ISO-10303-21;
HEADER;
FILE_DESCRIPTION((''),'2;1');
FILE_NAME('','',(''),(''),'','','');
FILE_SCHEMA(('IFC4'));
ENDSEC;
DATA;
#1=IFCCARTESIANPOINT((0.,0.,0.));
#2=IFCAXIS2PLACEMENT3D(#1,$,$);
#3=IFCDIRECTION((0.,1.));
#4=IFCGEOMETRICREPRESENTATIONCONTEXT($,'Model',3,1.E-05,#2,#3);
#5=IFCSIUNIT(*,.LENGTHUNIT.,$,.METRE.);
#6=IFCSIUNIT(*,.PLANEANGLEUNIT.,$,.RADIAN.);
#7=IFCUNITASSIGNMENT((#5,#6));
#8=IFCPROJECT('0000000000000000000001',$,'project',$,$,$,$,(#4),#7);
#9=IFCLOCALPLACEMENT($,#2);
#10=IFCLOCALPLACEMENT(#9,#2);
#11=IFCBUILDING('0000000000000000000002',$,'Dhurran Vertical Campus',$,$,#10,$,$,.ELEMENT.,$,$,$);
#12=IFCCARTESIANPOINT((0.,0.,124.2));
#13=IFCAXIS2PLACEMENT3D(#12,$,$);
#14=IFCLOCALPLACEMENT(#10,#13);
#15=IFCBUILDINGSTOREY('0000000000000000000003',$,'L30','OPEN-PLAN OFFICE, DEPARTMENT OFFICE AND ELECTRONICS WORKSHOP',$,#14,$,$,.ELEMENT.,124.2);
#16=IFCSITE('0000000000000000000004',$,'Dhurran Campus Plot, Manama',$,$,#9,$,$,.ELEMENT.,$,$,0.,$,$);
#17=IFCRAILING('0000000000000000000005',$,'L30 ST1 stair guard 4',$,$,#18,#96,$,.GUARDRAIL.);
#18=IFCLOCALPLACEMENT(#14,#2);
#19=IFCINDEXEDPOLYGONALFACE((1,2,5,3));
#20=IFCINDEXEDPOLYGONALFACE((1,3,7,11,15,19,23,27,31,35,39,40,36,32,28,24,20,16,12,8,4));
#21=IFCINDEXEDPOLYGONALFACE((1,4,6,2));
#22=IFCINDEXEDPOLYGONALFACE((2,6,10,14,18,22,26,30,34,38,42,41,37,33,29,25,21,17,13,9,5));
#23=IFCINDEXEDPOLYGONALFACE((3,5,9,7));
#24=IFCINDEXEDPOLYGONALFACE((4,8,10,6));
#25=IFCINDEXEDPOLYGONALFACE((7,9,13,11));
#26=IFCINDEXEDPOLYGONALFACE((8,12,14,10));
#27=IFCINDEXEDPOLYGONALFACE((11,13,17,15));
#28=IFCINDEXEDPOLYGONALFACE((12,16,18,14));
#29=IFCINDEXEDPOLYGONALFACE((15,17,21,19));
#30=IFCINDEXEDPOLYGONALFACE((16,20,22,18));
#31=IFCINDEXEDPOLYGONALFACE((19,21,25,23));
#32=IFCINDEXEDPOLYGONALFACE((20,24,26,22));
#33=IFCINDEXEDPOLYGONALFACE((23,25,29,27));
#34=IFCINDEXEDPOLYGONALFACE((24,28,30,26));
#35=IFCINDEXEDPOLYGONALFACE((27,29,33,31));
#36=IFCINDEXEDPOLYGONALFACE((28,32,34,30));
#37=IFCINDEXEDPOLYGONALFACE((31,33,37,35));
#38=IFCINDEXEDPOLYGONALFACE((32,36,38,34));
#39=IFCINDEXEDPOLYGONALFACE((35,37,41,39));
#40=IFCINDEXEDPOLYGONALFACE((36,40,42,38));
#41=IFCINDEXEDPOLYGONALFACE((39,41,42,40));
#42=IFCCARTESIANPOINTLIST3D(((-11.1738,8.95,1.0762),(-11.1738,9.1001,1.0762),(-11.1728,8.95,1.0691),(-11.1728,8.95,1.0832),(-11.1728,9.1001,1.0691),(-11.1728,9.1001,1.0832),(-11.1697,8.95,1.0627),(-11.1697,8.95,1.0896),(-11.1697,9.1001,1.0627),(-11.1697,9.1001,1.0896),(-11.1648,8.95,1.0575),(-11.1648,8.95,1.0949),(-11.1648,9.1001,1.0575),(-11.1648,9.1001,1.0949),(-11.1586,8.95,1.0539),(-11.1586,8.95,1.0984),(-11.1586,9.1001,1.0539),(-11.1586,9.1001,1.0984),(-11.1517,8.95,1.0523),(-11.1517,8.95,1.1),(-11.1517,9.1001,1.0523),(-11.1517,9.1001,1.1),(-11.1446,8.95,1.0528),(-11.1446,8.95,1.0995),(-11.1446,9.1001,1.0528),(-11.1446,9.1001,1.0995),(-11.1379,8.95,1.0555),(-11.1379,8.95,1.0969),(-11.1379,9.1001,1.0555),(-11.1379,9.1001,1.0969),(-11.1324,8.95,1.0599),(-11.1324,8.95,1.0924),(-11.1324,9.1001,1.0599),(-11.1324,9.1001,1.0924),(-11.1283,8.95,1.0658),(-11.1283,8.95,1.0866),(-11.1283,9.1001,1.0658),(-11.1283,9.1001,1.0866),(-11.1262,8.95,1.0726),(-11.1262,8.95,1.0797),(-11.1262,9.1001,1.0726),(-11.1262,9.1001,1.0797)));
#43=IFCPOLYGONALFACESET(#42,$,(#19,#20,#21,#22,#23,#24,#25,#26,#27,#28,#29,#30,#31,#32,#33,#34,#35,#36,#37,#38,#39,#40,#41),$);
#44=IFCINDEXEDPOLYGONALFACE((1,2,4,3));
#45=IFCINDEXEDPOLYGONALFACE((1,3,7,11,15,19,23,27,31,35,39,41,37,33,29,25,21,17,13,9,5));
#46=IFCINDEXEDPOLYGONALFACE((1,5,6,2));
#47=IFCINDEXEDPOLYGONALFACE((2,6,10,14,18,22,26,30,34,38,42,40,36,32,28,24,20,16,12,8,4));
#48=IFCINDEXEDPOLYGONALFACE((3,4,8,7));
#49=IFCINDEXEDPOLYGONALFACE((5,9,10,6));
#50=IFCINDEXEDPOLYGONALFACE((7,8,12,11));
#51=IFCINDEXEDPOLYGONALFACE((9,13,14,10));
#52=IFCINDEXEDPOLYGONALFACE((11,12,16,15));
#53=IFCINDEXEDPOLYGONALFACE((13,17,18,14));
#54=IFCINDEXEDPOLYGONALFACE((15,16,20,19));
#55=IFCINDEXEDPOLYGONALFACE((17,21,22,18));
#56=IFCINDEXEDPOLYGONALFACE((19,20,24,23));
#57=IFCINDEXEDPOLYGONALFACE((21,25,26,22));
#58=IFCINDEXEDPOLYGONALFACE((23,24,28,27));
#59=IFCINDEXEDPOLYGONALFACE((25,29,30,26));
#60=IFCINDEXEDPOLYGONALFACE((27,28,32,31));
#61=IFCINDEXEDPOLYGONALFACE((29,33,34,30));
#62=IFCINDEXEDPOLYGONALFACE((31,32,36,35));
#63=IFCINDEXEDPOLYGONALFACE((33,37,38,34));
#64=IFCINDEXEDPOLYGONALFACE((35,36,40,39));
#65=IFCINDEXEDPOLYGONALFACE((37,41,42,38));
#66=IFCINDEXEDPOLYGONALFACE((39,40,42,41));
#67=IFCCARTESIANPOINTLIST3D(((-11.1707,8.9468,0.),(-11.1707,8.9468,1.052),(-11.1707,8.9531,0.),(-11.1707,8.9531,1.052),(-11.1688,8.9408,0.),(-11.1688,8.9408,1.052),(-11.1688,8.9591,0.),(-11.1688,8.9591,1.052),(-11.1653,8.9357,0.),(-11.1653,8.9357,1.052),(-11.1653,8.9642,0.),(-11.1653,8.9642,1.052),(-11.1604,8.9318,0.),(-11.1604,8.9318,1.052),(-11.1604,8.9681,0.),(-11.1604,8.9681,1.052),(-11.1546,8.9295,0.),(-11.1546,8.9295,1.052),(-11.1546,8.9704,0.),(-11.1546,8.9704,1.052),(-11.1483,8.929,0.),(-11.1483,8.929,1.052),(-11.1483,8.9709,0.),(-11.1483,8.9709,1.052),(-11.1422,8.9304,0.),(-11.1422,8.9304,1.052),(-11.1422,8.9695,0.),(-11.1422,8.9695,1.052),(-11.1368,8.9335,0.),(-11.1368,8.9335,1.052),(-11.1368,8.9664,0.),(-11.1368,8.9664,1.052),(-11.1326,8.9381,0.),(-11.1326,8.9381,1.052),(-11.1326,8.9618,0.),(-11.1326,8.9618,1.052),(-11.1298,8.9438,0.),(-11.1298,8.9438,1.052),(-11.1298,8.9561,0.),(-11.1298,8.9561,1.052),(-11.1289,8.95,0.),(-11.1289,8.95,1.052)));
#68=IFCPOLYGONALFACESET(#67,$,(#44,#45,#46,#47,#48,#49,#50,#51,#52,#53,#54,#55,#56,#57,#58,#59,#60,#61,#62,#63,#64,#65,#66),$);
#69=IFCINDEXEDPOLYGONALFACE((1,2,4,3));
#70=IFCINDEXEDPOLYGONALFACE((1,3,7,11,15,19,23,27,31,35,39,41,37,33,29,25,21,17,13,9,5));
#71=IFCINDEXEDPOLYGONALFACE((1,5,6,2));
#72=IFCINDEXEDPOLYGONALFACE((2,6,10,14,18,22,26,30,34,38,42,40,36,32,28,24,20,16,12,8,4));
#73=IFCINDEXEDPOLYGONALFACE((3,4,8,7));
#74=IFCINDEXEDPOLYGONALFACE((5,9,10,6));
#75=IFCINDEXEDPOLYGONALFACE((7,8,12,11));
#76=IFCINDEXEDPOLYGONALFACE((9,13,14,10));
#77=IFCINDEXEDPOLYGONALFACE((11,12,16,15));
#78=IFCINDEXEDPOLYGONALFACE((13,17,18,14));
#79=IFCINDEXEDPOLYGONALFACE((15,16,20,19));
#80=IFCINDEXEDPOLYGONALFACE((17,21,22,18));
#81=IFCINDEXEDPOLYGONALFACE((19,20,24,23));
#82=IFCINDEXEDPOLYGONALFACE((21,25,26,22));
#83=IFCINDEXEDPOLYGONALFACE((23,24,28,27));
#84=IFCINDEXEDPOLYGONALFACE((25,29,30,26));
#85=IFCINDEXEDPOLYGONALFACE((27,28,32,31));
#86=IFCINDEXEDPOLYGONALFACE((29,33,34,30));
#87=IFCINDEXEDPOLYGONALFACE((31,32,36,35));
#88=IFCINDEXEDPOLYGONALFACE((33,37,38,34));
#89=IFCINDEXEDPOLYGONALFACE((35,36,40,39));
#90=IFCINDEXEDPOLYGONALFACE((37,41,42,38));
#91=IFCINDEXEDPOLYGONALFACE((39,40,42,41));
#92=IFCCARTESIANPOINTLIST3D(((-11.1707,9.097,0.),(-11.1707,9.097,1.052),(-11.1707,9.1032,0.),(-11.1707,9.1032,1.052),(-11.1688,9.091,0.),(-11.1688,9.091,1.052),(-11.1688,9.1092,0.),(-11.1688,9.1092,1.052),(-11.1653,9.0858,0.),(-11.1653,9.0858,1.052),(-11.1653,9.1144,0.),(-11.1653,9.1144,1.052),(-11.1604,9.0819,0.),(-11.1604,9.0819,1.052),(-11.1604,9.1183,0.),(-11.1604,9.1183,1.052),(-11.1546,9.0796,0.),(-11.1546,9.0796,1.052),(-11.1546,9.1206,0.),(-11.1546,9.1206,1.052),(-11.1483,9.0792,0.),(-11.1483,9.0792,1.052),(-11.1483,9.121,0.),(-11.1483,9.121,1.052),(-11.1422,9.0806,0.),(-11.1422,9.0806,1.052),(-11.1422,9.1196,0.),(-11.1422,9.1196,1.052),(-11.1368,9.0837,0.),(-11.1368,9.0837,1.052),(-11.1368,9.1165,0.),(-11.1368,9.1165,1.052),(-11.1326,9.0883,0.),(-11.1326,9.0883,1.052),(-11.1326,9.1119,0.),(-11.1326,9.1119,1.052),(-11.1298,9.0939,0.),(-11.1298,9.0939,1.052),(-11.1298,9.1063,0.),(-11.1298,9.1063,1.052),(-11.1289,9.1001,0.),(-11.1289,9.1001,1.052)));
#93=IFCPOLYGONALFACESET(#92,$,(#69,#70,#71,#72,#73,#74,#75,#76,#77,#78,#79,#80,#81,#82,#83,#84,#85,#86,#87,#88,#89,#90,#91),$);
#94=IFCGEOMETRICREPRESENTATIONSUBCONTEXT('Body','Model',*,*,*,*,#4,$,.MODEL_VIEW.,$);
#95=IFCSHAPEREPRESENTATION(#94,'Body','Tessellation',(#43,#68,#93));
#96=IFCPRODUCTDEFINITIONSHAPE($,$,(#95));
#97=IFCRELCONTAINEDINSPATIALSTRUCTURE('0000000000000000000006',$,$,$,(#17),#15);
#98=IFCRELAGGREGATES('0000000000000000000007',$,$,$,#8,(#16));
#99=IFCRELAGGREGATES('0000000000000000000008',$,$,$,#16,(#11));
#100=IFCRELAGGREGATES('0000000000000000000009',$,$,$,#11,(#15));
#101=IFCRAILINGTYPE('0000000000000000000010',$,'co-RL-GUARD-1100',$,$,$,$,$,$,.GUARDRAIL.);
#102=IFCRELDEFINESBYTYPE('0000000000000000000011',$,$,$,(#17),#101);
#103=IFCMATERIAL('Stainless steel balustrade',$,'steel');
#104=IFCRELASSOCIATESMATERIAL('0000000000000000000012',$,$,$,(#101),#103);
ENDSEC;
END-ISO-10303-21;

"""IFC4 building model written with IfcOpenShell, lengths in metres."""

from ifc_helpers import new_model, si_unit, direction, frame, origin, origin_2d, place, context, subcontext, project, spatial, circle, extrude, material, type_object, element, save


model = new_model("IFC4")

# Units and contexts
model_context = context("Model", 3, precision=1e-05, world=origin(), true_north=direction((0.0, 1.0)))
body_context = subcontext(model_context, "Body", "Model", "MODEL_VIEW")
ifc_project = project(units=[si_unit("LENGTHUNIT", "METRE"), si_unit("PLANEANGLEUNIT", "RADIAN")], contexts=[model_context])

# Site, building, storey
site_placement = place(None, origin())
site = spatial("IfcSite", under=ifc_project, at=site_placement, Name="Dhurran Campus Plot, Manama", CompositionType="ELEMENT", RefElevation=0.0)
building_placement = place(site_placement, origin())
building = spatial("IfcBuilding", under=site, at=building_placement, Name="Dhurran Vertical Campus", CompositionType="ELEMENT")
storey_placement = place(building_placement, frame((0.0, 0.0, 124.2)))
storey = spatial("IfcBuildingStorey", under=building, at=storey_placement, Name="L30", Description="OPEN-PLAN OFFICE, DEPARTMENT OFFICE AND ELECTRONICS WORKSHOP", CompositionType="ELEMENT", Elevation=124.2)

# Railing
ifc_material_1 = material(Name="Stainless steel balustrade", Category="steel")
railing_type_1 = type_object("IfcRailingType", Name="co-RL-GUARD-1100", PredefinedType="GUARDRAIL", material=ifc_material_1)
railing_1_placement = place(storey_placement, frame((-11.1499, 8.95, 0.0)))
element("IfcRailing", 1, at=railing_1_placement, inside=storey, type_object=railing_type_1, Name="L30 ST1 stair guard 4", PredefinedType="GUARDRAIL", context=body_context, shape_type="SweptSolid", body=[
    extrude(circle(Radius=0.0239, at=origin_2d()), frame((0.0, 0.0, 1.0762), z_axis=(0.0, 1.0, 0.0), x_axis=(-1.0, 0.0, 0.0)), (0.0, 0.0, 1.0), 0.1501),
    extrude(circle(Radius=0.021, at=origin_2d()), origin(), (0.0, 0.0, 1.0), 1.052),
    extrude(circle(Radius=0.021, at=origin_2d()), frame((0.0, 0.1501, 0.0)), (0.0, 0.0, 1.0), 1.052),
])

save(model, "model.ifc")
